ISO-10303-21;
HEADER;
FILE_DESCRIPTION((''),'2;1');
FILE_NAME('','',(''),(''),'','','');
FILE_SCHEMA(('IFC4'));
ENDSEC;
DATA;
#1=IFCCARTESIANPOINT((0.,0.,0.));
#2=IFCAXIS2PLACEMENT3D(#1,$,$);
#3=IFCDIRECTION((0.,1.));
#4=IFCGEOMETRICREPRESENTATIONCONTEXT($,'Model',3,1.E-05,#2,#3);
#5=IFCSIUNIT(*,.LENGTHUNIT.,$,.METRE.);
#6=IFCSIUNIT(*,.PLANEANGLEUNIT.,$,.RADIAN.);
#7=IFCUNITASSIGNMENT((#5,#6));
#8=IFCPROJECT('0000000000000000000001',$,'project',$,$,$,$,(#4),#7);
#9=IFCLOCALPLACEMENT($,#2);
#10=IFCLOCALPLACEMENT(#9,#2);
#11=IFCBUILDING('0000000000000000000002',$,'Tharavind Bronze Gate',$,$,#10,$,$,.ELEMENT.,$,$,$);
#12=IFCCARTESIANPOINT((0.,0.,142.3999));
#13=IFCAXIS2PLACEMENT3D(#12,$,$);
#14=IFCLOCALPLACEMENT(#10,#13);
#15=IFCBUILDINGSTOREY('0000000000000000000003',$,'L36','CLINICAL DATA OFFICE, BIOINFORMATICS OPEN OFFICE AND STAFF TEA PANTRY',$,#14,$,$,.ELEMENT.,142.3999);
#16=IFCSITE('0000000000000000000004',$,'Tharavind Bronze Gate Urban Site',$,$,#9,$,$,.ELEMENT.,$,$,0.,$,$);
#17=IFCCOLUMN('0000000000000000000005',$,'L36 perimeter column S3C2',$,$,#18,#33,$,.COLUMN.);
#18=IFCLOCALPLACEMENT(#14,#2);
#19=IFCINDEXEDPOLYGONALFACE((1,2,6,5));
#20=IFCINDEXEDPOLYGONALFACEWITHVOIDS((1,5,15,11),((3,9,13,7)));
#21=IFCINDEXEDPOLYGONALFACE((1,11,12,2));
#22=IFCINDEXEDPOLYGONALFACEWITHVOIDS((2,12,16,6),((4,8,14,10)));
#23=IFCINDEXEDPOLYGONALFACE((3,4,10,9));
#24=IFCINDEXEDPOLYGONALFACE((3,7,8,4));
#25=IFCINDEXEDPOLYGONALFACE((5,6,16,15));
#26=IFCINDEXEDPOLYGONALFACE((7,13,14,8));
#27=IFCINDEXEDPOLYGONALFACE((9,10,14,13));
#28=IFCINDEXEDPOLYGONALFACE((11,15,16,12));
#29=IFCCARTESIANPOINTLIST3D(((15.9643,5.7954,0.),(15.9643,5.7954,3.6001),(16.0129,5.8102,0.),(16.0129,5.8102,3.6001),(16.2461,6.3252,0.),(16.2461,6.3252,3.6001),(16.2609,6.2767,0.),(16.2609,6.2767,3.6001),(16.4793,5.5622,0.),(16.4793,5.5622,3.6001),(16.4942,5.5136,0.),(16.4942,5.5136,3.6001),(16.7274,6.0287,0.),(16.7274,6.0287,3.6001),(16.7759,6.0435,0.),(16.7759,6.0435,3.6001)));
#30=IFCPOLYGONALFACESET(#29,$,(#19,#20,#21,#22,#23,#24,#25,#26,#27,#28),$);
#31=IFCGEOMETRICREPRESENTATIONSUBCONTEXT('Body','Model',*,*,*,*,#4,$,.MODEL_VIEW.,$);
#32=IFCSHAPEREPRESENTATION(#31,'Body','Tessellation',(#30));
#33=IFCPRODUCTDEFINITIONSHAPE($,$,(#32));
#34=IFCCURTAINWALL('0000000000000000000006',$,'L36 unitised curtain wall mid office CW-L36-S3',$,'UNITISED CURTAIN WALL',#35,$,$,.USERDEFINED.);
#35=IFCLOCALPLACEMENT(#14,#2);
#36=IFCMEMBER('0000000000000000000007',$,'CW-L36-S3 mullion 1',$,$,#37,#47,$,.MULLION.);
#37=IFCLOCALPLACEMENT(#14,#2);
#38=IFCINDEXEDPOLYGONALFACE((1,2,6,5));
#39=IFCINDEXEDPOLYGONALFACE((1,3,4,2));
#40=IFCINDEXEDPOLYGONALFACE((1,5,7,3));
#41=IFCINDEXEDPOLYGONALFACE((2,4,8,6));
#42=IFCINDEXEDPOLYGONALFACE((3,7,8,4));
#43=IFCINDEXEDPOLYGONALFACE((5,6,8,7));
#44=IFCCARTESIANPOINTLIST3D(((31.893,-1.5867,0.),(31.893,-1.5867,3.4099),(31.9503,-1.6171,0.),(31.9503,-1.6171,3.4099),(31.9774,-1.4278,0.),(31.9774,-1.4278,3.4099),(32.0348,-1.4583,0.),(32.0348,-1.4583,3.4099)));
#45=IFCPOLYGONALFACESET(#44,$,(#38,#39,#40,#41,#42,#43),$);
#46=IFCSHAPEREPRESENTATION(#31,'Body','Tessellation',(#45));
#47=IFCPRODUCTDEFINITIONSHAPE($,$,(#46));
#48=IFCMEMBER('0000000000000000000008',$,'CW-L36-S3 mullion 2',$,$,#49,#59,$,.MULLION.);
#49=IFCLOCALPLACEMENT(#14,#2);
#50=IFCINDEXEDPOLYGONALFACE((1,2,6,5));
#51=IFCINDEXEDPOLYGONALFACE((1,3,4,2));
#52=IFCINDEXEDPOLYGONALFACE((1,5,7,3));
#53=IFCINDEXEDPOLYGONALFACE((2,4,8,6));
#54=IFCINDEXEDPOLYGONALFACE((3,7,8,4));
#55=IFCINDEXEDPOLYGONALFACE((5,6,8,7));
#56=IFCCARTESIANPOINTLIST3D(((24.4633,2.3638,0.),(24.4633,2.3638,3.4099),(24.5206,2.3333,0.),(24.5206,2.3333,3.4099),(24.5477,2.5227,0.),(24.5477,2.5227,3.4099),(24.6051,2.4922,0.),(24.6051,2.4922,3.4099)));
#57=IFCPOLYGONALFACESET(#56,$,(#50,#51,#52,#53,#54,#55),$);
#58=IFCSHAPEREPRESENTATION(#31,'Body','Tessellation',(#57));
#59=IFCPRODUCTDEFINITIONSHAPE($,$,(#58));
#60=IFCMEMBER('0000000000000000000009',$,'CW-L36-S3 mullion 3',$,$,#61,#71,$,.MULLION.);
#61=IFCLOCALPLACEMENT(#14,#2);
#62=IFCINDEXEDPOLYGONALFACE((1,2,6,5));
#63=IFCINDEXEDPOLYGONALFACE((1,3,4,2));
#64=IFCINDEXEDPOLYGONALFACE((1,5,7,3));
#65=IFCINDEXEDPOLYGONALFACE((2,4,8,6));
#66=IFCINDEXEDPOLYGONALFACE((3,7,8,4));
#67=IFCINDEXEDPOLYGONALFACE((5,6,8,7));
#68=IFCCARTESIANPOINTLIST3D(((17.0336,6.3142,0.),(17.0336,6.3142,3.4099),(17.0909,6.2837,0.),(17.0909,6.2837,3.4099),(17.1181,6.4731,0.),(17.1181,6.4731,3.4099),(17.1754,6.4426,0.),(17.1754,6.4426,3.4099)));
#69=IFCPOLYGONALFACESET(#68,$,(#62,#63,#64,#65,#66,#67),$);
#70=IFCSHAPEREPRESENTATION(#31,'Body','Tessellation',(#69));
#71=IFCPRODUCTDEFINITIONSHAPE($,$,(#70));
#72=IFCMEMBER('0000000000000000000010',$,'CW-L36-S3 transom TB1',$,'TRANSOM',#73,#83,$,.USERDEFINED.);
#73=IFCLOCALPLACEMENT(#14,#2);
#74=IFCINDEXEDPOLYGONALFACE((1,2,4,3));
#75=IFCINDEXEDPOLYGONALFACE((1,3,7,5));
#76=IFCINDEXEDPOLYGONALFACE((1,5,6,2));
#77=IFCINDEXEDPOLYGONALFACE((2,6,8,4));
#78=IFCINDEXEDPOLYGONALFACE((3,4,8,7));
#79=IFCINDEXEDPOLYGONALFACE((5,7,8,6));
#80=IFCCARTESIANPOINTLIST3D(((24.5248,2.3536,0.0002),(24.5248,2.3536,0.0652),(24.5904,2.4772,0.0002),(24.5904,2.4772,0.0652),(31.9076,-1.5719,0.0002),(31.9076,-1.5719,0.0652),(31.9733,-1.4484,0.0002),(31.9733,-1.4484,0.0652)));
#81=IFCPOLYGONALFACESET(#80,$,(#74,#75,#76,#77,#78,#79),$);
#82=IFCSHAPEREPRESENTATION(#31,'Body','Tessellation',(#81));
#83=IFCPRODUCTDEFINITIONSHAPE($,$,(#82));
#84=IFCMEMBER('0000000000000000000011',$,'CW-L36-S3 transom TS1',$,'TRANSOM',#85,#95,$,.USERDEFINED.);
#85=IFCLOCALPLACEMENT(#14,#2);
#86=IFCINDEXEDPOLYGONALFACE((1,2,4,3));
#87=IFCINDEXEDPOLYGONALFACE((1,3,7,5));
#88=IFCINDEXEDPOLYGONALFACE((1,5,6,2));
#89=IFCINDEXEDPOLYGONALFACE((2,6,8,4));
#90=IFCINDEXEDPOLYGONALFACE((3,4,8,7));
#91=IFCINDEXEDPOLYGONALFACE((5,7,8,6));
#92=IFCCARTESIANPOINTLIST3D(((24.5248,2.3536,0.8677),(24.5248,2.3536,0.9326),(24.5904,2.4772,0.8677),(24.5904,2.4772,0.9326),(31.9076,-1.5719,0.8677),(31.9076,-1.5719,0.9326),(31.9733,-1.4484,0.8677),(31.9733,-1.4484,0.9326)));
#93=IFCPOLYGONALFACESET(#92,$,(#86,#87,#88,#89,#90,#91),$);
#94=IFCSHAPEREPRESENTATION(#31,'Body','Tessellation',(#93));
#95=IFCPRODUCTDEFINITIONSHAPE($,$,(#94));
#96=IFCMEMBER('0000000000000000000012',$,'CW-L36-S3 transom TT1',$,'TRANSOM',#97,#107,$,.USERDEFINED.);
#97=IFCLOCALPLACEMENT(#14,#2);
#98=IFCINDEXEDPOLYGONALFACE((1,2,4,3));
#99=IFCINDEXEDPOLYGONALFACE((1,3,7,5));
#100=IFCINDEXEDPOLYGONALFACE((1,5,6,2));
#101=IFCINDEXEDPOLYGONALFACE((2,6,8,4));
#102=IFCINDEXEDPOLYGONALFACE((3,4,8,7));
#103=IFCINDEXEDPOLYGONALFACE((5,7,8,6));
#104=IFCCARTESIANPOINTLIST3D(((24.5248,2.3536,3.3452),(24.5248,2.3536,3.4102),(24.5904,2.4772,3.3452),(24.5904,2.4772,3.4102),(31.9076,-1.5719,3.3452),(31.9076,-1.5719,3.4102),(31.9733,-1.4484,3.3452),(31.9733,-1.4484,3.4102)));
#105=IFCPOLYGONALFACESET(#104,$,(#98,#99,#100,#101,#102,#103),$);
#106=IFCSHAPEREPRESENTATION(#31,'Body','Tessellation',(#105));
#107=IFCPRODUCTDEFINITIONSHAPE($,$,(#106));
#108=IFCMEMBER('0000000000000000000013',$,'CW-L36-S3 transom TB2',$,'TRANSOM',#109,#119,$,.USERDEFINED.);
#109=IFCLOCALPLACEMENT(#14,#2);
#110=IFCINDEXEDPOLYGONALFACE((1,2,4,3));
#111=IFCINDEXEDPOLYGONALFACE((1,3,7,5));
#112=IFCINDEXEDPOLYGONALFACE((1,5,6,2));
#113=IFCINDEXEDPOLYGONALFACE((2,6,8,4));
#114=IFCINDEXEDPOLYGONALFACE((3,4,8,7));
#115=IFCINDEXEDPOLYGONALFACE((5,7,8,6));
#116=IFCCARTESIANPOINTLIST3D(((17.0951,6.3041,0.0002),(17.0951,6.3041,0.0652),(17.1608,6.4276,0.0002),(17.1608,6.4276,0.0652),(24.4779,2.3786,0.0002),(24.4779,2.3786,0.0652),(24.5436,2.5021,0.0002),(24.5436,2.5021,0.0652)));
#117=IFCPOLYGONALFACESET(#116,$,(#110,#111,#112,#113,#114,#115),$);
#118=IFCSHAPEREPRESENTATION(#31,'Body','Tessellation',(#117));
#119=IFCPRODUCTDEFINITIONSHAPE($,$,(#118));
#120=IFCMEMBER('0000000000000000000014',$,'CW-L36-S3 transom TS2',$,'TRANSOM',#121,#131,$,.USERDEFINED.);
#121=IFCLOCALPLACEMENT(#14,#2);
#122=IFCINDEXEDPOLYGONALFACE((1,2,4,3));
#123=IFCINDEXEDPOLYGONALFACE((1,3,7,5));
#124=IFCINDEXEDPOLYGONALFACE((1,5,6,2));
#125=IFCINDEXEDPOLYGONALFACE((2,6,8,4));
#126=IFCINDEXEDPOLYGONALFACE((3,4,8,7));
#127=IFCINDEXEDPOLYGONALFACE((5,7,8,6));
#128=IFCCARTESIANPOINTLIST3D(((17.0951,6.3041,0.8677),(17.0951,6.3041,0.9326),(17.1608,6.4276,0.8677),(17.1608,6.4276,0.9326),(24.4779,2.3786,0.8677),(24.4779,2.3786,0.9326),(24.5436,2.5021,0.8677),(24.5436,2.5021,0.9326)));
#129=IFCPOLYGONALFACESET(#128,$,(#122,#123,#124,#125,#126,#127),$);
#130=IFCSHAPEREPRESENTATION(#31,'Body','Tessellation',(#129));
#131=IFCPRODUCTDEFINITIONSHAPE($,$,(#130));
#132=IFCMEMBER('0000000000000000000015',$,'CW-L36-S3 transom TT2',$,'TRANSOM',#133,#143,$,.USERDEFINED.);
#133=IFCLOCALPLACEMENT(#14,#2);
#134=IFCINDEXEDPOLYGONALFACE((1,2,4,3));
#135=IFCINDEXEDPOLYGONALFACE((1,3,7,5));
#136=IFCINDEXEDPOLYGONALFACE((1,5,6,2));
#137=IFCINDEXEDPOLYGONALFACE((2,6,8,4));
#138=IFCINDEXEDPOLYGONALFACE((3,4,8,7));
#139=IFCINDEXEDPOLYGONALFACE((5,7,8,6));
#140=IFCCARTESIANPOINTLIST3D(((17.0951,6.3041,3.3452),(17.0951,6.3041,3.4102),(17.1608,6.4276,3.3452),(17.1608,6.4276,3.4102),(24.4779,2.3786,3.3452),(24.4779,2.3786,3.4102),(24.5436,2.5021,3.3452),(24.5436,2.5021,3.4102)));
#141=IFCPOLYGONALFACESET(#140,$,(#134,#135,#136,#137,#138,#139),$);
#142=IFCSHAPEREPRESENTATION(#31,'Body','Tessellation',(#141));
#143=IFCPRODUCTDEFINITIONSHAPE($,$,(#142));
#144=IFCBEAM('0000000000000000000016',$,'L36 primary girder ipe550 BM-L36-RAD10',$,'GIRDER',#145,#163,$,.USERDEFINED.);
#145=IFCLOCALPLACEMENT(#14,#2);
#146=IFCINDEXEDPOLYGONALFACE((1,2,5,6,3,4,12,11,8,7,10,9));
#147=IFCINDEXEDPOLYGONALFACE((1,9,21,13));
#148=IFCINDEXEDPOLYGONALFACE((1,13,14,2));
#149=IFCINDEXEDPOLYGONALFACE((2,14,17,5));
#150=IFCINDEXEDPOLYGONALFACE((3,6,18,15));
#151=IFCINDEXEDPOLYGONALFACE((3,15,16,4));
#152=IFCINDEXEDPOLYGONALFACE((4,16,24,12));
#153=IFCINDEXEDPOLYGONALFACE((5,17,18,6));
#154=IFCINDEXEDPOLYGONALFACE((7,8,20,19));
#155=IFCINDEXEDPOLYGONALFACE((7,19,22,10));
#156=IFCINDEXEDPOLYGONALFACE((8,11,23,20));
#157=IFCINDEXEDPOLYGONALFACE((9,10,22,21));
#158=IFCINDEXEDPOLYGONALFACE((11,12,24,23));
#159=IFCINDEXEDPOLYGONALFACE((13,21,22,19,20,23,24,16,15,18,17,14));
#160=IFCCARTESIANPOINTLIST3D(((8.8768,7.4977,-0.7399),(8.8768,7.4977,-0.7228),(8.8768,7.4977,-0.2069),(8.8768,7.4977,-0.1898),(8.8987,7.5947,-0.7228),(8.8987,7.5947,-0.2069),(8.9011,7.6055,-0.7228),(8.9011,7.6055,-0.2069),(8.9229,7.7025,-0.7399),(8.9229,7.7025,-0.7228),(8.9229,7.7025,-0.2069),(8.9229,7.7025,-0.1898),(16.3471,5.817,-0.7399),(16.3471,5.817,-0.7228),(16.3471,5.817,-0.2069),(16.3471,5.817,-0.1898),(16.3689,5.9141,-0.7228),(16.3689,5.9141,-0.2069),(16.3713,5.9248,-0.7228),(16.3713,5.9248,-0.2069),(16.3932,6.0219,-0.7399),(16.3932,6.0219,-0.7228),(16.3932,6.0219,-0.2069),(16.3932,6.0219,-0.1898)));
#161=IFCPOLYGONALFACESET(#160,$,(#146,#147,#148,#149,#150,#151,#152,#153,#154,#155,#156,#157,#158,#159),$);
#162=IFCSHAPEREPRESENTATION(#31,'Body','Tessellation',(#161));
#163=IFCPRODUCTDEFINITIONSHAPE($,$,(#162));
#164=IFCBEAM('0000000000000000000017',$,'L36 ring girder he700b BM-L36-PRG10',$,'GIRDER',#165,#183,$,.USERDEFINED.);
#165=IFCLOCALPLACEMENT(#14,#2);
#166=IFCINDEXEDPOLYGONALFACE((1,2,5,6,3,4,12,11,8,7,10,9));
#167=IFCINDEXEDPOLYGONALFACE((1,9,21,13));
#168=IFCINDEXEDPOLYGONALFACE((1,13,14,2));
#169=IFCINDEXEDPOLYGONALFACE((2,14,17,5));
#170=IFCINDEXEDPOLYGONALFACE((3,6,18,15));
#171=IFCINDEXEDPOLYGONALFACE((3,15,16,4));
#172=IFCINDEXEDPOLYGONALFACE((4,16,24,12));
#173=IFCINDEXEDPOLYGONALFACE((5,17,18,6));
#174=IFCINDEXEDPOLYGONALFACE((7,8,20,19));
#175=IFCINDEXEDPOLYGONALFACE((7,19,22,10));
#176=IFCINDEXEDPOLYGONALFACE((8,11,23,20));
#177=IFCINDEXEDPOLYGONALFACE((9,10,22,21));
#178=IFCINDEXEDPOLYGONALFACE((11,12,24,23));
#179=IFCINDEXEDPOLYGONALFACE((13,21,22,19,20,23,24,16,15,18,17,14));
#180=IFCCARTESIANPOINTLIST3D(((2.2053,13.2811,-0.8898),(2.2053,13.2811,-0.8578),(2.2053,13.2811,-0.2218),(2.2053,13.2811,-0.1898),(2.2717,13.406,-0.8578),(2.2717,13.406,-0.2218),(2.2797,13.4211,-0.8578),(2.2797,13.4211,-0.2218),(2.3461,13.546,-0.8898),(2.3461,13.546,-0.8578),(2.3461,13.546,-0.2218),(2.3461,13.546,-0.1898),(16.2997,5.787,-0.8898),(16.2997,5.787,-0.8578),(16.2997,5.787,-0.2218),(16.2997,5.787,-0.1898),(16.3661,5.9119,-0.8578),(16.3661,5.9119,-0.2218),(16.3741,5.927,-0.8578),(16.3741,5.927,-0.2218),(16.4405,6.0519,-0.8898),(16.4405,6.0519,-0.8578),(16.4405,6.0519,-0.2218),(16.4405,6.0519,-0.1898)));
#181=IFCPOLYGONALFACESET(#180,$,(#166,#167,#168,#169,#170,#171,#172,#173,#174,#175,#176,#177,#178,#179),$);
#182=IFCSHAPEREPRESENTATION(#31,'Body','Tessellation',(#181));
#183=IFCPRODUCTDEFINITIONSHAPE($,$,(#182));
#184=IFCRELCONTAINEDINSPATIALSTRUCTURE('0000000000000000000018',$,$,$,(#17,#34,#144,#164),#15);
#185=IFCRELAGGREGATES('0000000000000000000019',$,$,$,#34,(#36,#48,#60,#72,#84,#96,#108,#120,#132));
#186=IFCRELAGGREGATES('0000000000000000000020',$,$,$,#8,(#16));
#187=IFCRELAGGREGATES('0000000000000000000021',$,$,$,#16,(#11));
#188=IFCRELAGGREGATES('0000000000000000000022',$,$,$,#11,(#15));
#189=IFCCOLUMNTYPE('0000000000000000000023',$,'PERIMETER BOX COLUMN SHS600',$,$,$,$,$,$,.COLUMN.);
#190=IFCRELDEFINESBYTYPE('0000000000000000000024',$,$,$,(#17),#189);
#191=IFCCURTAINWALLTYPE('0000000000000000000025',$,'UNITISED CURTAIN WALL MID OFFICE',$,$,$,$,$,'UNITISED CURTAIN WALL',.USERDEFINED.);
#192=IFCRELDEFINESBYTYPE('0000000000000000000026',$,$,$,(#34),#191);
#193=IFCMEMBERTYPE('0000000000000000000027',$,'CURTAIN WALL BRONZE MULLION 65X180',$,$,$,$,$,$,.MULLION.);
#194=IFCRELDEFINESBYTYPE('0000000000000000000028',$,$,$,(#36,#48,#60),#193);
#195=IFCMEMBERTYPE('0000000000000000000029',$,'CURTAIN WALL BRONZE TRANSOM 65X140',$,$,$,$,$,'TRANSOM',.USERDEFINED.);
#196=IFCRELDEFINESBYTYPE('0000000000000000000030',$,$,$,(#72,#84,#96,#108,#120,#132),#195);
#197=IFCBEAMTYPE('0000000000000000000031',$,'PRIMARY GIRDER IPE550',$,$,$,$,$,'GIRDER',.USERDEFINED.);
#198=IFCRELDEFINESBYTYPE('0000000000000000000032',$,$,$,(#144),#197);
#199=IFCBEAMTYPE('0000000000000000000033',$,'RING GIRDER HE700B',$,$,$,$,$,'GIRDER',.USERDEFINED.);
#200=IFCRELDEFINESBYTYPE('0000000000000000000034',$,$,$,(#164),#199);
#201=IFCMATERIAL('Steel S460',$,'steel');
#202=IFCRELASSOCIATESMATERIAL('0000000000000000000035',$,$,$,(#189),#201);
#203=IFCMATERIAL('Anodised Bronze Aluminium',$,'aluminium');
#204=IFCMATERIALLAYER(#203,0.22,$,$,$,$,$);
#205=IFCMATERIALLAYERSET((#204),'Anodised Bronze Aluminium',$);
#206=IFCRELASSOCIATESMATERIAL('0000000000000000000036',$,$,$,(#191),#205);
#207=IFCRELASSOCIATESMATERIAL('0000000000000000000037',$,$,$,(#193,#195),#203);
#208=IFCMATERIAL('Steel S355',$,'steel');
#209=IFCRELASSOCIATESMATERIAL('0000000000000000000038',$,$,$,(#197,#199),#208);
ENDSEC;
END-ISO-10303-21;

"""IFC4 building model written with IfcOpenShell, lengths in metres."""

from ifc_helpers import new_model, si_unit, direction, frame, origin, origin_2d, place, context, subcontext, project, spatial, rectangle, hollow_rectangle, i_section, extrude, material, layer, layer_set, material_profile, profile_set, type_object, element, aggregate, save


model = new_model("IFC4")

# Units and contexts
model_context = context("Model", 3, precision=1e-05, world=origin(), true_north=direction((0.0, 1.0)))
body_context = subcontext(model_context, "Body", "Model", "MODEL_VIEW")
ifc_project = project(units=[si_unit("LENGTHUNIT", "METRE"), si_unit("PLANEANGLEUNIT", "RADIAN")], contexts=[model_context])

# Site, building, storey
site_placement = place(None, origin())
site = spatial("IfcSite", under=ifc_project, at=site_placement, Name="Tharavind Bronze Gate Urban Site", CompositionType="ELEMENT", RefElevation=0.0)
building_placement = place(site_placement, origin())
building = spatial("IfcBuilding", under=site, at=building_placement, Name="Tharavind Bronze Gate", CompositionType="ELEMENT")
storey_placement = place(building_placement, frame((0.0, 0.0, 142.3999)))
storey = spatial("IfcBuildingStorey", under=building, at=storey_placement, Name="L36", Description="CLINICAL DATA OFFICE, BIOINFORMATICS OPEN OFFICE AND STAFF TEA PANTRY", CompositionType="ELEMENT", Elevation=142.3999)

# Column
ifc_material_1 = material(Name="Steel S460", Category="steel")
ifc_material_profile_1 = material_profile(ifc_material_1, hollow_rectangle(XDim=0.6001, YDim=0.6001, WallThickness=0.0359, at=origin_2d()), Name="SHS600X36")
ifc_profile_set_1 = profile_set([ifc_material_profile_1], Name="Steel S460")
column_type = type_object("IfcColumnType", Name="PERIMETER BOX COLUMN SHS600", PredefinedType="COLUMN", material=ifc_profile_set_1)
column_placement = place(storey_placement, frame((16.3701, 5.9194, 0.0), z_axis=(0.0, 0.0, 1.0), x_axis=(-0.882948, 0.46947, 0.0)))
element("IfcColumn", 1, at=column_placement, inside=storey, type_object=column_type, Name="L36 perimeter column S3C2", PredefinedType="COLUMN", context=body_context, shape_type="SweptSolid", body=[
    extrude(hollow_rectangle(XDim=0.6001, YDim=0.6001, WallThickness=0.0359, at=origin_2d()), origin(), (0.0, 0.0, 1.0), 3.6001),
])

# Curtain wall, members
ifc_material_2 = material(Name="Anodised Bronze Aluminium", Category="aluminium")
ifc_layer_1 = layer(ifc_material_2, 0.22)
ifc_layer_set_1 = layer_set([ifc_layer_1], Name="Anodised Bronze Aluminium")
curtain_wall_type = type_object("IfcCurtainWallType", Name="UNITISED CURTAIN WALL MID OFFICE", ElementType="UNITISED CURTAIN WALL", PredefinedType="USERDEFINED", material=ifc_layer_set_1)
curtain_wall_placement = place(storey_placement, origin())
curtain_wall = element("IfcCurtainWall", 2, at=curtain_wall_placement, inside=storey, type_object=curtain_wall_type, Name="L36 unitised curtain wall mid office CW-L36-S3", ObjectType="UNITISED CURTAIN WALL", PredefinedType="USERDEFINED")
member_type_1 = type_object("IfcMemberType", Name="CURTAIN WALL BRONZE MULLION 65X180", PredefinedType="MULLION", material=ifc_material_2)
member_1_placement = place(storey_placement, frame((31.9639, -1.5225, 0.0), z_axis=(0.0, 0.0, 1.0), x_axis=(-0.882948, 0.469472, 0.0)))
member_1 = element("IfcMember", 3, at=member_1_placement, type_object=member_type_1, Name="CW-L36-S3 mullion 1", PredefinedType="MULLION", context=body_context, shape_type="SweptSolid", body=[
    extrude(rectangle(XDim=0.0649, YDim=0.1799, at=origin_2d()), origin(), (0.0, 0.0, 1.0), 3.4099),
])
member_2_placement = place(storey_placement, frame((24.5342, 2.428, 0.0), z_axis=(0.0, 0.0, 1.0), x_axis=(-0.882948, 0.469472, 0.0)))
member_2 = element("IfcMember", 4, at=member_2_placement, type_object=member_type_1, Name="CW-L36-S3 mullion 2", PredefinedType="MULLION", context=body_context, shape_type="SweptSolid", body=[
    extrude(rectangle(XDim=0.0649, YDim=0.1799, at=origin_2d()), origin(), (0.0, 0.0, 1.0), 3.4099),
])
member_3_placement = place(storey_placement, frame((17.1045, 6.3784, 0.0), z_axis=(0.0, 0.0, 1.0), x_axis=(-0.882948, 0.469472, 0.0)))
member_3 = element("IfcMember", 5, at=member_3_placement, type_object=member_type_1, Name="CW-L36-S3 mullion 3", PredefinedType="MULLION", context=body_context, shape_type="SweptSolid", body=[
    extrude(rectangle(XDim=0.0649, YDim=0.1799, at=origin_2d()), origin(), (0.0, 0.0, 1.0), 3.4099),
])
member_type_2 = type_object("IfcMemberType", Name="CURTAIN WALL BRONZE TRANSOM 65X140", ElementType="TRANSOM", PredefinedType="USERDEFINED", material=ifc_material_2)
member_4_placement = place(storey_placement, frame((28.249, 0.4526, 0.0002), z_axis=(0.0, 0.0, 1.0), x_axis=(-0.882948, 0.469472, 0.0)))
member_4 = element("IfcMember", 6, at=member_4_placement, type_object=member_type_2, Name="CW-L36-S3 transom TB1", ObjectType="TRANSOM", PredefinedType="USERDEFINED", context=body_context, shape_type="SweptSolid", body=[
    extrude(rectangle(XDim=8.3616, YDim=0.1399, at=origin_2d()), origin(), (0.0, 0.0, 1.0), 0.0649),
])
member_5_placement = place(storey_placement, frame((28.249, 0.4526, 0.8677), z_axis=(0.0, 0.0, 1.0), x_axis=(-0.882948, 0.469472, 0.0)))
member_5 = element("IfcMember", 7, at=member_5_placement, type_object=member_type_2, Name="CW-L36-S3 transom TS1", ObjectType="TRANSOM", PredefinedType="USERDEFINED", context=body_context, shape_type="SweptSolid", body=[
    extrude(rectangle(XDim=8.3616, YDim=0.1399, at=origin_2d()), origin(), (0.0, 0.0, 1.0), 0.0649),
])
member_6_placement = place(storey_placement, frame((28.249, 0.4526, 3.3452), z_axis=(0.0, 0.0, 1.0), x_axis=(-0.882948, 0.469472, 0.0)))
member_6 = element("IfcMember", 8, at=member_6_placement, type_object=member_type_2, Name="CW-L36-S3 transom TT1", ObjectType="TRANSOM", PredefinedType="USERDEFINED", context=body_context, shape_type="SweptSolid", body=[
    extrude(rectangle(XDim=8.3616, YDim=0.1399, at=origin_2d()), origin(), (0.0, 0.0, 1.0), 0.0649),
])
member_7_placement = place(storey_placement, frame((20.8193, 4.4031, 0.0002), z_axis=(0.0, 0.0, 1.0), x_axis=(-0.882948, 0.469472, 0.0)))
member_7 = element("IfcMember", 9, at=member_7_placement, type_object=member_type_2, Name="CW-L36-S3 transom TB2", ObjectType="TRANSOM", PredefinedType="USERDEFINED", context=body_context, shape_type="SweptSolid", body=[
    extrude(rectangle(XDim=8.3616, YDim=0.1399, at=origin_2d()), origin(), (0.0, 0.0, 1.0), 0.0649),
])
member_8_placement = place(storey_placement, frame((20.8193, 4.4031, 0.8677), z_axis=(0.0, 0.0, 1.0), x_axis=(-0.882948, 0.469472, 0.0)))
member_8 = element("IfcMember", 10, at=member_8_placement, type_object=member_type_2, Name="CW-L36-S3 transom TS2", ObjectType="TRANSOM", PredefinedType="USERDEFINED", context=body_context, shape_type="SweptSolid", body=[
    extrude(rectangle(XDim=8.3616, YDim=0.1399, at=origin_2d()), origin(), (0.0, 0.0, 1.0), 0.0649),
])
member_9_placement = place(storey_placement, frame((20.8193, 4.4031, 3.3452), z_axis=(0.0, 0.0, 1.0), x_axis=(-0.882948, 0.469472, 0.0)))
member_9 = element("IfcMember", 11, at=member_9_placement, type_object=member_type_2, Name="CW-L36-S3 transom TT2", ObjectType="TRANSOM", PredefinedType="USERDEFINED", context=body_context, shape_type="SweptSolid", body=[
    extrude(rectangle(XDim=8.3616, YDim=0.1399, at=origin_2d()), origin(), (0.0, 0.0, 1.0), 0.0649),
])

# Beams
ifc_material_3 = material(Name="Steel S355", Category="steel")
ifc_material_profile_2 = material_profile(ifc_material_3, i_section(OverallWidth=0.21, OverallDepth=0.55, WebThickness=0.011, FlangeThickness=0.0171, at=origin_2d()), Name="IPE550")
ifc_profile_set_2 = profile_set([ifc_material_profile_2], Name="Steel S355")
beam_type_1 = type_object("IfcBeamType", Name="PRIMARY GIRDER IPE550", ElementType="GIRDER", PredefinedType="USERDEFINED", material=ifc_profile_set_2)
beam_1_placement = place(storey_placement, frame((16.3701, 5.9194, -0.4648), z_axis=(-0.975614, 0.219496, 0.0), x_axis=(-0.219496, -0.975614, 0.0)))
element("IfcBeam", 12, at=beam_1_placement, inside=storey, type_object=beam_type_1, Name="L36 primary girder ipe550 BM-L36-RAD10", ObjectType="GIRDER", PredefinedType="USERDEFINED", context=body_context, shape_type="SweptSolid", body=[
    extrude(i_section(OverallWidth=0.21, OverallDepth=0.55, WebThickness=0.011, FlangeThickness=0.0171, at=origin_2d()), origin(), (0.0, 0.0, 1.0), 7.657),
])
ifc_material_profile_3 = material_profile(ifc_material_3, i_section(OverallWidth=0.3, OverallDepth=0.7, WebThickness=0.0171, FlangeThickness=0.032, at=origin_2d()), Name="HE700B")
ifc_profile_set_3 = profile_set([ifc_material_profile_3], Name="Steel S355")
beam_type_2 = type_object("IfcBeamType", Name="RING GIRDER HE700B", ElementType="GIRDER", PredefinedType="USERDEFINED", material=ifc_profile_set_3)
beam_2_placement = place(storey_placement, frame((16.3701, 5.9194, -0.5398), z_axis=(-0.882948, 0.46947, 0.0), x_axis=(-0.46947, -0.882948, 0.0)))
element("IfcBeam", 13, at=beam_2_placement, inside=storey, type_object=beam_type_2, Name="L36 ring girder he700b BM-L36-PRG10", ObjectType="GIRDER", PredefinedType="USERDEFINED", context=body_context, shape_type="SweptSolid", body=[
    extrude(i_section(OverallWidth=0.3, OverallDepth=0.7, WebThickness=0.0171, FlangeThickness=0.032, at=origin_2d()), origin(), (0.0, 0.0, 1.0), 15.9629),
])

aggregate(curtain_wall, [member_1, member_2, member_3, member_4, member_5, member_6, member_7, member_8, member_9])

save(model, "model.ifc")
